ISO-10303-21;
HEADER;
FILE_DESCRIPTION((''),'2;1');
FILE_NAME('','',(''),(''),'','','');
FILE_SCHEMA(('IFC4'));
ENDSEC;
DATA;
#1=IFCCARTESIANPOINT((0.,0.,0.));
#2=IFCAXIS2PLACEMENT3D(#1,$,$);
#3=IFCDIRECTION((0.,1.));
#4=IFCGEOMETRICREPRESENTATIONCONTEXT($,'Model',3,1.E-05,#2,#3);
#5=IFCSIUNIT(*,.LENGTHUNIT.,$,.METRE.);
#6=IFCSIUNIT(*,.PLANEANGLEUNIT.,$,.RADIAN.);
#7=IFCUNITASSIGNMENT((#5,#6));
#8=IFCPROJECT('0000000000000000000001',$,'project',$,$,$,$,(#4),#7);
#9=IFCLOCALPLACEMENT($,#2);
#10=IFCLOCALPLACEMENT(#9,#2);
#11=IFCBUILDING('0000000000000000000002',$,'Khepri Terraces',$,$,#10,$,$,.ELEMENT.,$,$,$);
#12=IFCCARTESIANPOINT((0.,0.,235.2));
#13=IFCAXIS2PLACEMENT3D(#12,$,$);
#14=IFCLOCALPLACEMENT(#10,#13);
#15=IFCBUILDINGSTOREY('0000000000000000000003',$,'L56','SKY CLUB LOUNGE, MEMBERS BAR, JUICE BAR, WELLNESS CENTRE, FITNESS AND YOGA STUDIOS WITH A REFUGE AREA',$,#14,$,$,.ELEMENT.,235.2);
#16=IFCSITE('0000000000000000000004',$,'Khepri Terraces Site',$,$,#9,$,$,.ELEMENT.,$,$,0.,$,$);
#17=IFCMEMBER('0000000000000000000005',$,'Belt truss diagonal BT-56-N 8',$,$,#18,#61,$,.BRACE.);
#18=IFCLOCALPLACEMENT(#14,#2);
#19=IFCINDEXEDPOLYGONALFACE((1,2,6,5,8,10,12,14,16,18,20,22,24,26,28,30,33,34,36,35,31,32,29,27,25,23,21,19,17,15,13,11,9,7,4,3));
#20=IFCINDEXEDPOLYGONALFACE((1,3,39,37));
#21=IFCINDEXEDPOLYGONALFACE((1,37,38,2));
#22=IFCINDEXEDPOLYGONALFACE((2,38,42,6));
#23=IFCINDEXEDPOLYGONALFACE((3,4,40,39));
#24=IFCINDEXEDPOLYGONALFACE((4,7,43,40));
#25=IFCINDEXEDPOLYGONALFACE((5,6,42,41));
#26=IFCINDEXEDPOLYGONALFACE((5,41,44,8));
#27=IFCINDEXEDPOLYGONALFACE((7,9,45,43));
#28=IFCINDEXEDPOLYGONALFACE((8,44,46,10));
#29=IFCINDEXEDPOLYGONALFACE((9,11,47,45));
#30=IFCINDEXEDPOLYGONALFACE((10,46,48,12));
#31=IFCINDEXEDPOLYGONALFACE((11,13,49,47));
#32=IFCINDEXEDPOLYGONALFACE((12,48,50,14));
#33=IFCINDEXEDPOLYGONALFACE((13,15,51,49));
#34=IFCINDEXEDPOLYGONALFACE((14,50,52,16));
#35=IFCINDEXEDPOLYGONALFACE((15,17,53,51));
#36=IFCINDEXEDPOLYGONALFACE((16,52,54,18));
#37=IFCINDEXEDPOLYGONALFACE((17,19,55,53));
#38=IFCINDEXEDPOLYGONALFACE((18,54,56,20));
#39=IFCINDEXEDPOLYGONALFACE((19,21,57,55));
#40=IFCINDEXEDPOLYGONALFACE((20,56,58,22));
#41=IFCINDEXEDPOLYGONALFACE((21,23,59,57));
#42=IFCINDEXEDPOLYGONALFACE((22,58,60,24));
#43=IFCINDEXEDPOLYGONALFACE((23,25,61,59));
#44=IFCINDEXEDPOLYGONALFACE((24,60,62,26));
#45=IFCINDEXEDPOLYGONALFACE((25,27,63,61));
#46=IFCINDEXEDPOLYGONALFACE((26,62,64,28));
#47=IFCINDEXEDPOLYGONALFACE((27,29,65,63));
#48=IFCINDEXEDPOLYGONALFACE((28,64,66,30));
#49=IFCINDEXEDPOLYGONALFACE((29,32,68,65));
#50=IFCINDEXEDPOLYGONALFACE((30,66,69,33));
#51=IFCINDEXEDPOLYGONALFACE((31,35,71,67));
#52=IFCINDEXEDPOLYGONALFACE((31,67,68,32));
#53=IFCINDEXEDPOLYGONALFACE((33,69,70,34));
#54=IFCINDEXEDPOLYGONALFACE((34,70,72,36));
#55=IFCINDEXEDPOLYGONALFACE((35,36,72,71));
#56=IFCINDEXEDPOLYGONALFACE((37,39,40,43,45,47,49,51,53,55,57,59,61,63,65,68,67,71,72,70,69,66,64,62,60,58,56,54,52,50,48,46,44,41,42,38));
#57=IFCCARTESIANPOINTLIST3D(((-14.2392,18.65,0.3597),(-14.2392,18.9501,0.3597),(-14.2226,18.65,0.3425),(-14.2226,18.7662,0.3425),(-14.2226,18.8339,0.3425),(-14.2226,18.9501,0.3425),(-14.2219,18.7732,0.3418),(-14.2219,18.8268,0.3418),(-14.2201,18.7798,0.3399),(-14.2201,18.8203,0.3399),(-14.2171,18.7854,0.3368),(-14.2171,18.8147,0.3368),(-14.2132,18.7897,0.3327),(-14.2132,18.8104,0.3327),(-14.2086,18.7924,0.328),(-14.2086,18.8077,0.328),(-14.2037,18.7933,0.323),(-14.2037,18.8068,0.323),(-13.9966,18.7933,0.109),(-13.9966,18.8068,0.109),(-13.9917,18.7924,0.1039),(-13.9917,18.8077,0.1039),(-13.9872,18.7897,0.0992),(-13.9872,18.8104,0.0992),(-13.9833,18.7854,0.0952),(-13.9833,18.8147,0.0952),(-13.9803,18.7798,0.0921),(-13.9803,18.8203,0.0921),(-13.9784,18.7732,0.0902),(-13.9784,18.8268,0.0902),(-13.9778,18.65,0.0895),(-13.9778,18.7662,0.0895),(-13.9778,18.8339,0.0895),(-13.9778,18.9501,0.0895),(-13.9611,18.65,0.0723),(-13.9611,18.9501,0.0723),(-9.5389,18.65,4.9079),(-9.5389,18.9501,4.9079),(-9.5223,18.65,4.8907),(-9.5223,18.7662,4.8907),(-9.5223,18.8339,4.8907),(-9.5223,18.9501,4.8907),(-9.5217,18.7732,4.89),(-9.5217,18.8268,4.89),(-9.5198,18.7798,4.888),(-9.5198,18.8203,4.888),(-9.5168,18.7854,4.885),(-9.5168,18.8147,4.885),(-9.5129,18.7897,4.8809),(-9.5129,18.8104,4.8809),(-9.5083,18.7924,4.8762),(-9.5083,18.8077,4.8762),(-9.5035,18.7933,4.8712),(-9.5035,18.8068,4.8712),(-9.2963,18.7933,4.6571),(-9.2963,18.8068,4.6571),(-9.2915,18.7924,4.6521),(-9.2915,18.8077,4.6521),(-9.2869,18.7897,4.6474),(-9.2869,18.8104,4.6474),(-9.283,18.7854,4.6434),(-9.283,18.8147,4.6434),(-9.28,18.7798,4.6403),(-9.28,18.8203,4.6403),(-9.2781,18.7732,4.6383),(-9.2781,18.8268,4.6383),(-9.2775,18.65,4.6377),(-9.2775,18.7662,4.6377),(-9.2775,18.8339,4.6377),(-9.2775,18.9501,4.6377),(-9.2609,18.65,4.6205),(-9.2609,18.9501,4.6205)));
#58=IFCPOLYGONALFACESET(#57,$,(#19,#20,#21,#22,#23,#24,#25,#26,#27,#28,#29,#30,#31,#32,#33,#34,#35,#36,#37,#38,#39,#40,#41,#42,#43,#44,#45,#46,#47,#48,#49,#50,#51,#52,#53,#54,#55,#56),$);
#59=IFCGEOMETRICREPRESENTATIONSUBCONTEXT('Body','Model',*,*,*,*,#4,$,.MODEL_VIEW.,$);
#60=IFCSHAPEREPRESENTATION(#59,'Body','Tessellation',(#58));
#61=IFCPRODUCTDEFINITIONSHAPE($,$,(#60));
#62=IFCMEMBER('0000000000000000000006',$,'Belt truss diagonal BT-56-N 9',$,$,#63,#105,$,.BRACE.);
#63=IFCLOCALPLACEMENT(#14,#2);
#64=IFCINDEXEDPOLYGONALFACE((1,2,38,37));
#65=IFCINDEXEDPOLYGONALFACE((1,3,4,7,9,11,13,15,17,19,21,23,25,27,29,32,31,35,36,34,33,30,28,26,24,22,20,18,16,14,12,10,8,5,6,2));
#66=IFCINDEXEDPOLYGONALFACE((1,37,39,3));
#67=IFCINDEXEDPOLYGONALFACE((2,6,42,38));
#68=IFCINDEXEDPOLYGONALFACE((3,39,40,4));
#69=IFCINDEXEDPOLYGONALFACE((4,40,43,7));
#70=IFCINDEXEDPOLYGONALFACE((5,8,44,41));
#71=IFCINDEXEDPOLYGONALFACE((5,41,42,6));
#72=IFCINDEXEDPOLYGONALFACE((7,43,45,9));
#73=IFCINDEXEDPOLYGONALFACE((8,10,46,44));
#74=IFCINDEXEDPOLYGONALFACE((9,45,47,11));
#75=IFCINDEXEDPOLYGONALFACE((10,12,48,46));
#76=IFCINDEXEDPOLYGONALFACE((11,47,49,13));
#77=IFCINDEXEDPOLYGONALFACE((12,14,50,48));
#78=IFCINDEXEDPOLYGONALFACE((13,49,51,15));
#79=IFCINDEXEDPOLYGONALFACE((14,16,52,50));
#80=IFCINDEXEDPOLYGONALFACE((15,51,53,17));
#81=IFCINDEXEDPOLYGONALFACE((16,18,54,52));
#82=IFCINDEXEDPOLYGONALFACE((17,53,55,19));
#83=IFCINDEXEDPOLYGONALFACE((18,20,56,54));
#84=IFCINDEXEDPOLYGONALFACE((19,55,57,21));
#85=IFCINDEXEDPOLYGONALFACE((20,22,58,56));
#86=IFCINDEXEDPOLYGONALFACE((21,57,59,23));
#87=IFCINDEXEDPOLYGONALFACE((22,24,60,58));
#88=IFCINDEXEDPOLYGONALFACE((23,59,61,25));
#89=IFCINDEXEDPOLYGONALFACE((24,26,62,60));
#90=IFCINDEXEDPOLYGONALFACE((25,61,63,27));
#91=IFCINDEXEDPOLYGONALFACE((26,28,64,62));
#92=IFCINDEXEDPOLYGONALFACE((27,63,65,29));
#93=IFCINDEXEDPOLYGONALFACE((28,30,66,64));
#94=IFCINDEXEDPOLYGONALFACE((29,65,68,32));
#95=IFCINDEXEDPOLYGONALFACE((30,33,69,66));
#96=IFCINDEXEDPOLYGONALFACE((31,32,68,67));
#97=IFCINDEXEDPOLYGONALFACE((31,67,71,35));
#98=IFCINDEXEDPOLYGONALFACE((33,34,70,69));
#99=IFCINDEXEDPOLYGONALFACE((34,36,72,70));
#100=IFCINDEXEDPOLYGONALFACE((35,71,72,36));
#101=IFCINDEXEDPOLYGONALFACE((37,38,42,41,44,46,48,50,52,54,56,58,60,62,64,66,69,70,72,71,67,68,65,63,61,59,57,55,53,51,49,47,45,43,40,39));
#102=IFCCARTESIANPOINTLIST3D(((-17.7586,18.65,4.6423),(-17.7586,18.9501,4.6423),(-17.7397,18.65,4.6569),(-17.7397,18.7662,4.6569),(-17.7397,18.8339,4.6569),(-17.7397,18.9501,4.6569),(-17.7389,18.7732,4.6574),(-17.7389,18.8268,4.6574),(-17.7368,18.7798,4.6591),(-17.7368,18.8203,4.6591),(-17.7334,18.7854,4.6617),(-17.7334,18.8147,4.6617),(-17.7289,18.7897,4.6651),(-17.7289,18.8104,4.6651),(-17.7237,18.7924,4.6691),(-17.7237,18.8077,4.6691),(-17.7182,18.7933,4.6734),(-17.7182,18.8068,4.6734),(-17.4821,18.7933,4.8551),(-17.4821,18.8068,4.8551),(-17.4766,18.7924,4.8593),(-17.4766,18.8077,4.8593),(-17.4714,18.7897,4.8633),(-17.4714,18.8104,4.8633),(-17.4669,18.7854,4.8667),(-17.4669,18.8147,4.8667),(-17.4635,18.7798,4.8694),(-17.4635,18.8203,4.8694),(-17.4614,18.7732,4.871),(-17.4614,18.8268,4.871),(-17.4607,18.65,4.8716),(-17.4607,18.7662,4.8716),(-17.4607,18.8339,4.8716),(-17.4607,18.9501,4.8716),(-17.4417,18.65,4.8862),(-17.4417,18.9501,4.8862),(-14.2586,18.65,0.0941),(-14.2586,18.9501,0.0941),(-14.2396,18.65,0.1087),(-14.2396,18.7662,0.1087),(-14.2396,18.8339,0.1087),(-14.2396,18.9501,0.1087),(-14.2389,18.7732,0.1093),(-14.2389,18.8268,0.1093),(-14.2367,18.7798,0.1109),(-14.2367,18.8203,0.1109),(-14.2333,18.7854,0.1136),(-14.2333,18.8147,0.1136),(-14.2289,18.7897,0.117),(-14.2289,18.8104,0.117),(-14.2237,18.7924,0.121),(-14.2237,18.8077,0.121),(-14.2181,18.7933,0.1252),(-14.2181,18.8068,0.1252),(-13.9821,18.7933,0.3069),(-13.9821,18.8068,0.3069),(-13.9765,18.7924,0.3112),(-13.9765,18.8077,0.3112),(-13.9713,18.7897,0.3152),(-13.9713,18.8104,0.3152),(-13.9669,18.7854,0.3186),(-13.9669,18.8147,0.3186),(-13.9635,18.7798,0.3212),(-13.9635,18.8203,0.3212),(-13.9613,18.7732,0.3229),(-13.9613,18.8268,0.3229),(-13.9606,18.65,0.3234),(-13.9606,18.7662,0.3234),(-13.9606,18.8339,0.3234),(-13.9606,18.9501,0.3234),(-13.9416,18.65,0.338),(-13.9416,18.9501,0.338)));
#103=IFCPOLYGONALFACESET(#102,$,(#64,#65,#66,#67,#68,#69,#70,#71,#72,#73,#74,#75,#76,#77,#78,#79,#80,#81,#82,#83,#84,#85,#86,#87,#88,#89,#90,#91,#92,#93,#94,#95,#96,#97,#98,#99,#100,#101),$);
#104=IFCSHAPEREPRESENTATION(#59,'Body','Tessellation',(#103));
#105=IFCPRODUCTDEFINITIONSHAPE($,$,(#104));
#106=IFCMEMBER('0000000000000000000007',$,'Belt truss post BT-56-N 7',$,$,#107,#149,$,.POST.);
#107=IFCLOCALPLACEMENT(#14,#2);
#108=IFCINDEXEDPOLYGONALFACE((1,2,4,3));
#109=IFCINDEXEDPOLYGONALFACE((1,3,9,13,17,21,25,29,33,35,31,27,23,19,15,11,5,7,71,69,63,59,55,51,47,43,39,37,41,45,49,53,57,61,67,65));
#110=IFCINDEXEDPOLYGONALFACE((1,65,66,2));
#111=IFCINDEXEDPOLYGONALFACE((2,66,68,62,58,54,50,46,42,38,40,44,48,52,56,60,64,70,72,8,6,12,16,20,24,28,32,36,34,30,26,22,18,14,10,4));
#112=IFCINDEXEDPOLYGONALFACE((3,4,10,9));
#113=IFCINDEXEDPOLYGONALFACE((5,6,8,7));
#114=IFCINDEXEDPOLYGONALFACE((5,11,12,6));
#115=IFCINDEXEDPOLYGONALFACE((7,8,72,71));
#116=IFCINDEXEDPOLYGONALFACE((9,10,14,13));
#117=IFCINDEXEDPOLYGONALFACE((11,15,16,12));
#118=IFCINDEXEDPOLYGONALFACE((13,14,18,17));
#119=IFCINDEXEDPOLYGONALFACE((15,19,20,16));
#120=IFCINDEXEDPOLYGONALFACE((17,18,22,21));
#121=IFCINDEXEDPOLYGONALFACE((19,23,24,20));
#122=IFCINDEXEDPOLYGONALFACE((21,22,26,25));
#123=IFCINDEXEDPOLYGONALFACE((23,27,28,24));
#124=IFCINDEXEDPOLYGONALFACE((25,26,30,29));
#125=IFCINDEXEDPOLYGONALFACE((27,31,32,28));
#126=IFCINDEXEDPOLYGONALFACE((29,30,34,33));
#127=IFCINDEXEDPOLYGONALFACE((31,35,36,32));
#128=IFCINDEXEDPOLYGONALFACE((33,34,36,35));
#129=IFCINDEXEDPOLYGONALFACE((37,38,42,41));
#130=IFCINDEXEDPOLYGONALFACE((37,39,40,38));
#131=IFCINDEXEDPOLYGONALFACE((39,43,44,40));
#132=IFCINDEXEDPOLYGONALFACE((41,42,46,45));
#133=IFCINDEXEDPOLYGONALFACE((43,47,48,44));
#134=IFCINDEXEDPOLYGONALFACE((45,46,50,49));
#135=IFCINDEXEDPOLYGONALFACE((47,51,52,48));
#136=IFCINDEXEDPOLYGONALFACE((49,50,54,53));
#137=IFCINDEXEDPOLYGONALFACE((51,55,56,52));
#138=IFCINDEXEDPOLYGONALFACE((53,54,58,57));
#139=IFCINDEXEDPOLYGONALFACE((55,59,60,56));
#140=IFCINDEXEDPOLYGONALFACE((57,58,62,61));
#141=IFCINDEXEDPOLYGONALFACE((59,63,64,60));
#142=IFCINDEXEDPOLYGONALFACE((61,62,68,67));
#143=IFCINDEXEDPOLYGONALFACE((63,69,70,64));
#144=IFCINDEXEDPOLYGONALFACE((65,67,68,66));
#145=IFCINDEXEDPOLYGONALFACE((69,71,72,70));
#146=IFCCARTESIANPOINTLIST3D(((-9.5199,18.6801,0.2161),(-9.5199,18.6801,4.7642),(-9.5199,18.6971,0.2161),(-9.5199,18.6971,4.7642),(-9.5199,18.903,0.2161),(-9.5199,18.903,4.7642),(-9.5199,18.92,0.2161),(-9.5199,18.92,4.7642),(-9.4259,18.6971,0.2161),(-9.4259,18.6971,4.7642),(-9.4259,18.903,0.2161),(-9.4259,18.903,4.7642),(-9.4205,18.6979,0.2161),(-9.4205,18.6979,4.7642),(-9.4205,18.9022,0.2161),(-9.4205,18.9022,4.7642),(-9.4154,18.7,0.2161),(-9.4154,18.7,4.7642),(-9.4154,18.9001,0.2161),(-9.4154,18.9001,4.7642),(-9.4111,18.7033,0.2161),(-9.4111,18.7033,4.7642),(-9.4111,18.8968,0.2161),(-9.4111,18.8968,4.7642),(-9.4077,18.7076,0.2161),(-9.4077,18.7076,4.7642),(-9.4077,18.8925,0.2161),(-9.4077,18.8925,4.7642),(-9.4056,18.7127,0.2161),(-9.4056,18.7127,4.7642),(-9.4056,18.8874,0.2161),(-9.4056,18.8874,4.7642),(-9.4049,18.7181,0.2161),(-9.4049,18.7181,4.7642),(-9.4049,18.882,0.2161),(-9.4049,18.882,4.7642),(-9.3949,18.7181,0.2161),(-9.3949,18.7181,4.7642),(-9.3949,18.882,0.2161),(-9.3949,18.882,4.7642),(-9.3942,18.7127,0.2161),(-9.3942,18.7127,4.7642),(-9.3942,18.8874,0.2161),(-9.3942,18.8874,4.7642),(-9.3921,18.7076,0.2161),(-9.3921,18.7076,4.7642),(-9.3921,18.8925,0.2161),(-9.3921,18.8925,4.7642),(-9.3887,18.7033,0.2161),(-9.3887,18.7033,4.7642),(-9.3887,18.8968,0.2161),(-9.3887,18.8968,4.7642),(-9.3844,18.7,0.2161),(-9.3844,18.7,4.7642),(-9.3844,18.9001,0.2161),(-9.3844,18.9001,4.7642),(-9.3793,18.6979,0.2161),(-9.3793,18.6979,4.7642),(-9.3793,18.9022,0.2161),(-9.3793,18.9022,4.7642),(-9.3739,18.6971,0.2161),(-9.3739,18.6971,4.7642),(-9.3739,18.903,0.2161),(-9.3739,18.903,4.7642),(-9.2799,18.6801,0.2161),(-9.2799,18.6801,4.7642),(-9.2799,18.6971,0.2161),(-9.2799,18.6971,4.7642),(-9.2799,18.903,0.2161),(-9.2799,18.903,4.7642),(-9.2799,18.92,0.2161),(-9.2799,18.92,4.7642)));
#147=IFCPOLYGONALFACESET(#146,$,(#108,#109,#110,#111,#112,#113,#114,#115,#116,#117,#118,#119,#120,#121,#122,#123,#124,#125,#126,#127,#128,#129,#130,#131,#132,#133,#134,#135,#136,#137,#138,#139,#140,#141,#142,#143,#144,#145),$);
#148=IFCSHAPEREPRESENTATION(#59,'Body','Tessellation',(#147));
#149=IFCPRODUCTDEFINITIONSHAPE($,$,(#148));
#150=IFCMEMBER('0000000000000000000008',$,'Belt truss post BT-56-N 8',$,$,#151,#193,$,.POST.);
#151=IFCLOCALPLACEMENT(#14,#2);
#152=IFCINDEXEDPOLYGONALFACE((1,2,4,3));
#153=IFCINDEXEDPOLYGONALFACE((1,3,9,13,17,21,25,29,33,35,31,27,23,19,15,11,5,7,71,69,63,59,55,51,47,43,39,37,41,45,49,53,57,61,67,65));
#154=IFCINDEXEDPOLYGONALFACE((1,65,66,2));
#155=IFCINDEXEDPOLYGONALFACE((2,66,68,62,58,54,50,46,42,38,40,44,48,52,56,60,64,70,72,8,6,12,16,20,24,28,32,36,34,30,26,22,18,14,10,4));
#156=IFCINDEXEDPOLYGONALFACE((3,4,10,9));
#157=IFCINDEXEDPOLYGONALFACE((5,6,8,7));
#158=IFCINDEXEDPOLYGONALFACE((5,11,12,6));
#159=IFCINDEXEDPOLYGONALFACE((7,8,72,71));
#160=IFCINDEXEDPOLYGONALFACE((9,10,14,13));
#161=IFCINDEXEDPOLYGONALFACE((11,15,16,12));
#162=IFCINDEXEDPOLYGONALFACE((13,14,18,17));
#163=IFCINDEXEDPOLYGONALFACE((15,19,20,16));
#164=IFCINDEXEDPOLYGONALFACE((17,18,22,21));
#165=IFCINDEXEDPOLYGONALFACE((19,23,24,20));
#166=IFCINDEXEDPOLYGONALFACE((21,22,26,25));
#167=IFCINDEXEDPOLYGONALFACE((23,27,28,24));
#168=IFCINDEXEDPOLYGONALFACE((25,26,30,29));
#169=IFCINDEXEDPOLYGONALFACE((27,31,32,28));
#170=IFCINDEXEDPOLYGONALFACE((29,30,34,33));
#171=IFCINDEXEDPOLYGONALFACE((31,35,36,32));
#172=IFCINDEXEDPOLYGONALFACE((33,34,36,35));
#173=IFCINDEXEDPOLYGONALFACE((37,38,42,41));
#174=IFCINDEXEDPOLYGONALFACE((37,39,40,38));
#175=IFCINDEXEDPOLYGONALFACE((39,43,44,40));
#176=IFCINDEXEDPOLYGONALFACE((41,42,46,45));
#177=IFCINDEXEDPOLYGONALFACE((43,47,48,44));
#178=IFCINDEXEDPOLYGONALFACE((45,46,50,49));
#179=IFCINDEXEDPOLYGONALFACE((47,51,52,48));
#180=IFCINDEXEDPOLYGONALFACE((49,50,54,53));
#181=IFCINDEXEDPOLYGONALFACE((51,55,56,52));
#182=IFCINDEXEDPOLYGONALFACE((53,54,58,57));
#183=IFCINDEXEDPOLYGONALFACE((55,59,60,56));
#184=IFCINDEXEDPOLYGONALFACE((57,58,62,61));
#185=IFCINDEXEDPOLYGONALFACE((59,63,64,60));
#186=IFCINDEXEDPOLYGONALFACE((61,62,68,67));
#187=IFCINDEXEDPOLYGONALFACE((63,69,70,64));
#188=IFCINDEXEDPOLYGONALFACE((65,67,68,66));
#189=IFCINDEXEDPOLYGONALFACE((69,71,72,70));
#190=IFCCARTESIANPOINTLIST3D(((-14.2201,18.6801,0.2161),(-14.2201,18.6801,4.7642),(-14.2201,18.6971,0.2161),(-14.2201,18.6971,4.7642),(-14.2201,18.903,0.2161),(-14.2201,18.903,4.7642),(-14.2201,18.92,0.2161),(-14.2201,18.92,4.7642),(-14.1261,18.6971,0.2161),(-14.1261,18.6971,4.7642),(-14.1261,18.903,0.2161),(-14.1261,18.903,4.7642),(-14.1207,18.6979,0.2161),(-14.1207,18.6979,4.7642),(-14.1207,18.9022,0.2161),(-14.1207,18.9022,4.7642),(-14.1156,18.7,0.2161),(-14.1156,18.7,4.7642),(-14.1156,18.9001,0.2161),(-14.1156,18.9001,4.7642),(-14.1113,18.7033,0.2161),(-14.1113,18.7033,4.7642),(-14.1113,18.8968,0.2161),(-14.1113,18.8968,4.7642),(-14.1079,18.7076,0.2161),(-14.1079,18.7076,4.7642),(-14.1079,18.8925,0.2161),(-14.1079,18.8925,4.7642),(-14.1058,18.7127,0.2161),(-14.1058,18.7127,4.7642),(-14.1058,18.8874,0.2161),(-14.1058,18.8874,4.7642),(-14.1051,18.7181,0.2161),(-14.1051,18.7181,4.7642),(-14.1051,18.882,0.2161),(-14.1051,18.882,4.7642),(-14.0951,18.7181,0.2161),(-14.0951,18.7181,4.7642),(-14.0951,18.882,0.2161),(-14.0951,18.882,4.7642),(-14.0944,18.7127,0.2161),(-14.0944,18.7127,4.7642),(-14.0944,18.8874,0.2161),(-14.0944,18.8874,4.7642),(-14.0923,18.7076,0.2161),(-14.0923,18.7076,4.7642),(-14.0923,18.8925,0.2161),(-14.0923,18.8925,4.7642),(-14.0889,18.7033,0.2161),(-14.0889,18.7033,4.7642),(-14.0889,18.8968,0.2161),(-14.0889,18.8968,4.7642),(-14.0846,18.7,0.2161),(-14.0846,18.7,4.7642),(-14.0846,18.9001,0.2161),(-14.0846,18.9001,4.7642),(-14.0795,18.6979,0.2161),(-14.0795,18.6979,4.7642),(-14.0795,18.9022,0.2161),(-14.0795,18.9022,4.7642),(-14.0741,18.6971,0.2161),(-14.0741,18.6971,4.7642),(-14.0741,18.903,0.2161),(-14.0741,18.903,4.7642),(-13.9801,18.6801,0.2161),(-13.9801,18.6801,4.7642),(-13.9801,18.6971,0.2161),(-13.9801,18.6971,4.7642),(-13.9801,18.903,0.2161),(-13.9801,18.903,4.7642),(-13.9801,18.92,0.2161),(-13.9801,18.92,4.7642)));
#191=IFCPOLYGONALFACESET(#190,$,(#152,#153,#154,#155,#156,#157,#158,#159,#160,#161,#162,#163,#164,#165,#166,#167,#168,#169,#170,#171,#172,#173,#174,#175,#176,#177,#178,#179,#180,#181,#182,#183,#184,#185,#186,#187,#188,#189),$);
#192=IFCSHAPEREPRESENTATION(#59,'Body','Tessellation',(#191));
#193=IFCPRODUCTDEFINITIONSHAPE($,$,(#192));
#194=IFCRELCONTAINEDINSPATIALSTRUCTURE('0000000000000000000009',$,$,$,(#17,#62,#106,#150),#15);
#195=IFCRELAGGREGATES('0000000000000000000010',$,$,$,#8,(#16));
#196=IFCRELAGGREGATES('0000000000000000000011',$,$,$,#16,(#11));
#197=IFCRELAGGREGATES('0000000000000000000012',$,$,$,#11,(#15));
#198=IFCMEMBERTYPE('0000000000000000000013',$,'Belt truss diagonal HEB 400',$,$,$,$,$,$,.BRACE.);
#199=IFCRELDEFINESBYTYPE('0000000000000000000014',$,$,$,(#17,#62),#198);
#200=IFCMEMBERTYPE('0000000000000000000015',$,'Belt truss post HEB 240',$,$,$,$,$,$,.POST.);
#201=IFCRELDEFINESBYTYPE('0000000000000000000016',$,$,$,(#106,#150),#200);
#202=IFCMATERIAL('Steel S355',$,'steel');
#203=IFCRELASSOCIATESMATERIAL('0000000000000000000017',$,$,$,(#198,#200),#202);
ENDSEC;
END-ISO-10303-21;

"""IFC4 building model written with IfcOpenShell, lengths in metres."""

from ifc_helpers import new_model, si_unit, direction, frame, origin, origin_2d, place, context, subcontext, project, spatial, i_section, extrude, material, material_profile, profile_set, type_object, element, save


model = new_model("IFC4")

# Units and contexts
model_context = context("Model", 3, precision=1e-05, world=origin(), true_north=direction((0.0, 1.0)))
body_context = subcontext(model_context, "Body", "Model", "MODEL_VIEW")
ifc_project = project(units=[si_unit("LENGTHUNIT", "METRE"), si_unit("PLANEANGLEUNIT", "RADIAN")], contexts=[model_context])

# Site, building, storey
site_placement = place(None, origin())
site = spatial("IfcSite", under=ifc_project, at=site_placement, Name="Khepri Terraces Site", CompositionType="ELEMENT", RefElevation=0.0)
building_placement = place(site_placement, origin())
building = spatial("IfcBuilding", under=site, at=building_placement, Name="Khepri Terraces", CompositionType="ELEMENT")
storey_placement = place(building_placement, frame((0.0, 0.0, 235.2)))
storey = spatial("IfcBuildingStorey", under=building, at=storey_placement, Name="L56", Description="SKY CLUB LOUNGE, MEMBERS BAR, JUICE BAR, WELLNESS CENTRE, FITNESS AND YOGA STUDIOS WITH A REFUGE AREA", CompositionType="ELEMENT", Elevation=235.2)

# Members
ifc_material_1 = material(Name="Steel S355", Category="steel")
ifc_material_profile_1 = material_profile(ifc_material_1, i_section(OverallWidth=0.3, OverallDepth=0.3999, WebThickness=0.0134, FlangeThickness=0.0239, FilletRadius=0.0271, at=origin_2d()), Name="Steel S355", Category="steel")
ifc_profile_set_1 = profile_set([ifc_material_profile_1], Name="Steel S355")
member_type_1 = type_object("IfcMemberType", Name="Belt truss diagonal HEB 400", PredefinedType="BRACE", material=ifc_profile_set_1)
member_1_placement = place(storey_placement, frame((-9.3999, 18.8, 4.7642), z_axis=(-0.718639, 0.0, -0.695383), x_axis=(0.0, -1.0, 0.0)))
element("IfcMember", 1, at=member_1_placement, inside=storey, type_object=member_type_1, Name="Belt truss diagonal BT-56-N 8", PredefinedType="BRACE", context=body_context, shape_type="SweptSolid", body=[
    extrude(i_section(OverallWidth=0.3, OverallDepth=0.3999, WebThickness=0.0134, FlangeThickness=0.0239, FilletRadius=0.0271, at=origin_2d()), origin(), (0.0, 0.0, 1.0), 6.5405),
])
member_2_placement = place(storey_placement, frame((-14.1001, 18.8, 0.2161), z_axis=(-0.609871, 0.0, 0.792501), x_axis=(0.0, -1.0, 0.0)))
element("IfcMember", 2, at=member_2_placement, inside=storey, type_object=member_type_1, Name="Belt truss diagonal BT-56-N 9", PredefinedType="BRACE", context=body_context, shape_type="SweptSolid", body=[
    extrude(i_section(OverallWidth=0.3, OverallDepth=0.3999, WebThickness=0.0134, FlangeThickness=0.0239, FilletRadius=0.0271, at=origin_2d()), origin(), (0.0, 0.0, 1.0), 5.739),
])
ifc_material_profile_2 = material_profile(ifc_material_1, i_section(OverallWidth=0.24, OverallDepth=0.24, WebThickness=0.01, FlangeThickness=0.0171, FilletRadius=0.021, at=origin_2d()), Name="Steel S355", Category="steel")
ifc_profile_set_2 = profile_set([ifc_material_profile_2], Name="Steel S355")
member_type_2 = type_object("IfcMemberType", Name="Belt truss post HEB 240", PredefinedType="POST", material=ifc_profile_set_2)
for number, where, z_axis, x_axis, name in (
    (3, (-9.3999, 18.8, 0.2161), (0.0, 0.0, 1.0), (1.0, 0.0, 0.0), "Belt truss post BT-56-N 7"),
    (4, (-14.1001, 18.8, 0.2161), (0.0, 0.0, 1.0), (1.0, 0.0, 0.0), "Belt truss post BT-56-N 8"),
):
    element("IfcMember", number, at=place(storey_placement, frame(where, z_axis=z_axis, x_axis=x_axis)), inside=storey, type_object=member_type_2, Name=name, PredefinedType="POST", context=body_context, shape_type="SweptSolid", body=[
        extrude(i_section(OverallWidth=0.24, OverallDepth=0.24, WebThickness=0.01, FlangeThickness=0.0171, FilletRadius=0.021, at=origin_2d()), origin(), (0.0, 0.0, 1.0), 4.5481),
    ])

save(model, "model.ifc")
